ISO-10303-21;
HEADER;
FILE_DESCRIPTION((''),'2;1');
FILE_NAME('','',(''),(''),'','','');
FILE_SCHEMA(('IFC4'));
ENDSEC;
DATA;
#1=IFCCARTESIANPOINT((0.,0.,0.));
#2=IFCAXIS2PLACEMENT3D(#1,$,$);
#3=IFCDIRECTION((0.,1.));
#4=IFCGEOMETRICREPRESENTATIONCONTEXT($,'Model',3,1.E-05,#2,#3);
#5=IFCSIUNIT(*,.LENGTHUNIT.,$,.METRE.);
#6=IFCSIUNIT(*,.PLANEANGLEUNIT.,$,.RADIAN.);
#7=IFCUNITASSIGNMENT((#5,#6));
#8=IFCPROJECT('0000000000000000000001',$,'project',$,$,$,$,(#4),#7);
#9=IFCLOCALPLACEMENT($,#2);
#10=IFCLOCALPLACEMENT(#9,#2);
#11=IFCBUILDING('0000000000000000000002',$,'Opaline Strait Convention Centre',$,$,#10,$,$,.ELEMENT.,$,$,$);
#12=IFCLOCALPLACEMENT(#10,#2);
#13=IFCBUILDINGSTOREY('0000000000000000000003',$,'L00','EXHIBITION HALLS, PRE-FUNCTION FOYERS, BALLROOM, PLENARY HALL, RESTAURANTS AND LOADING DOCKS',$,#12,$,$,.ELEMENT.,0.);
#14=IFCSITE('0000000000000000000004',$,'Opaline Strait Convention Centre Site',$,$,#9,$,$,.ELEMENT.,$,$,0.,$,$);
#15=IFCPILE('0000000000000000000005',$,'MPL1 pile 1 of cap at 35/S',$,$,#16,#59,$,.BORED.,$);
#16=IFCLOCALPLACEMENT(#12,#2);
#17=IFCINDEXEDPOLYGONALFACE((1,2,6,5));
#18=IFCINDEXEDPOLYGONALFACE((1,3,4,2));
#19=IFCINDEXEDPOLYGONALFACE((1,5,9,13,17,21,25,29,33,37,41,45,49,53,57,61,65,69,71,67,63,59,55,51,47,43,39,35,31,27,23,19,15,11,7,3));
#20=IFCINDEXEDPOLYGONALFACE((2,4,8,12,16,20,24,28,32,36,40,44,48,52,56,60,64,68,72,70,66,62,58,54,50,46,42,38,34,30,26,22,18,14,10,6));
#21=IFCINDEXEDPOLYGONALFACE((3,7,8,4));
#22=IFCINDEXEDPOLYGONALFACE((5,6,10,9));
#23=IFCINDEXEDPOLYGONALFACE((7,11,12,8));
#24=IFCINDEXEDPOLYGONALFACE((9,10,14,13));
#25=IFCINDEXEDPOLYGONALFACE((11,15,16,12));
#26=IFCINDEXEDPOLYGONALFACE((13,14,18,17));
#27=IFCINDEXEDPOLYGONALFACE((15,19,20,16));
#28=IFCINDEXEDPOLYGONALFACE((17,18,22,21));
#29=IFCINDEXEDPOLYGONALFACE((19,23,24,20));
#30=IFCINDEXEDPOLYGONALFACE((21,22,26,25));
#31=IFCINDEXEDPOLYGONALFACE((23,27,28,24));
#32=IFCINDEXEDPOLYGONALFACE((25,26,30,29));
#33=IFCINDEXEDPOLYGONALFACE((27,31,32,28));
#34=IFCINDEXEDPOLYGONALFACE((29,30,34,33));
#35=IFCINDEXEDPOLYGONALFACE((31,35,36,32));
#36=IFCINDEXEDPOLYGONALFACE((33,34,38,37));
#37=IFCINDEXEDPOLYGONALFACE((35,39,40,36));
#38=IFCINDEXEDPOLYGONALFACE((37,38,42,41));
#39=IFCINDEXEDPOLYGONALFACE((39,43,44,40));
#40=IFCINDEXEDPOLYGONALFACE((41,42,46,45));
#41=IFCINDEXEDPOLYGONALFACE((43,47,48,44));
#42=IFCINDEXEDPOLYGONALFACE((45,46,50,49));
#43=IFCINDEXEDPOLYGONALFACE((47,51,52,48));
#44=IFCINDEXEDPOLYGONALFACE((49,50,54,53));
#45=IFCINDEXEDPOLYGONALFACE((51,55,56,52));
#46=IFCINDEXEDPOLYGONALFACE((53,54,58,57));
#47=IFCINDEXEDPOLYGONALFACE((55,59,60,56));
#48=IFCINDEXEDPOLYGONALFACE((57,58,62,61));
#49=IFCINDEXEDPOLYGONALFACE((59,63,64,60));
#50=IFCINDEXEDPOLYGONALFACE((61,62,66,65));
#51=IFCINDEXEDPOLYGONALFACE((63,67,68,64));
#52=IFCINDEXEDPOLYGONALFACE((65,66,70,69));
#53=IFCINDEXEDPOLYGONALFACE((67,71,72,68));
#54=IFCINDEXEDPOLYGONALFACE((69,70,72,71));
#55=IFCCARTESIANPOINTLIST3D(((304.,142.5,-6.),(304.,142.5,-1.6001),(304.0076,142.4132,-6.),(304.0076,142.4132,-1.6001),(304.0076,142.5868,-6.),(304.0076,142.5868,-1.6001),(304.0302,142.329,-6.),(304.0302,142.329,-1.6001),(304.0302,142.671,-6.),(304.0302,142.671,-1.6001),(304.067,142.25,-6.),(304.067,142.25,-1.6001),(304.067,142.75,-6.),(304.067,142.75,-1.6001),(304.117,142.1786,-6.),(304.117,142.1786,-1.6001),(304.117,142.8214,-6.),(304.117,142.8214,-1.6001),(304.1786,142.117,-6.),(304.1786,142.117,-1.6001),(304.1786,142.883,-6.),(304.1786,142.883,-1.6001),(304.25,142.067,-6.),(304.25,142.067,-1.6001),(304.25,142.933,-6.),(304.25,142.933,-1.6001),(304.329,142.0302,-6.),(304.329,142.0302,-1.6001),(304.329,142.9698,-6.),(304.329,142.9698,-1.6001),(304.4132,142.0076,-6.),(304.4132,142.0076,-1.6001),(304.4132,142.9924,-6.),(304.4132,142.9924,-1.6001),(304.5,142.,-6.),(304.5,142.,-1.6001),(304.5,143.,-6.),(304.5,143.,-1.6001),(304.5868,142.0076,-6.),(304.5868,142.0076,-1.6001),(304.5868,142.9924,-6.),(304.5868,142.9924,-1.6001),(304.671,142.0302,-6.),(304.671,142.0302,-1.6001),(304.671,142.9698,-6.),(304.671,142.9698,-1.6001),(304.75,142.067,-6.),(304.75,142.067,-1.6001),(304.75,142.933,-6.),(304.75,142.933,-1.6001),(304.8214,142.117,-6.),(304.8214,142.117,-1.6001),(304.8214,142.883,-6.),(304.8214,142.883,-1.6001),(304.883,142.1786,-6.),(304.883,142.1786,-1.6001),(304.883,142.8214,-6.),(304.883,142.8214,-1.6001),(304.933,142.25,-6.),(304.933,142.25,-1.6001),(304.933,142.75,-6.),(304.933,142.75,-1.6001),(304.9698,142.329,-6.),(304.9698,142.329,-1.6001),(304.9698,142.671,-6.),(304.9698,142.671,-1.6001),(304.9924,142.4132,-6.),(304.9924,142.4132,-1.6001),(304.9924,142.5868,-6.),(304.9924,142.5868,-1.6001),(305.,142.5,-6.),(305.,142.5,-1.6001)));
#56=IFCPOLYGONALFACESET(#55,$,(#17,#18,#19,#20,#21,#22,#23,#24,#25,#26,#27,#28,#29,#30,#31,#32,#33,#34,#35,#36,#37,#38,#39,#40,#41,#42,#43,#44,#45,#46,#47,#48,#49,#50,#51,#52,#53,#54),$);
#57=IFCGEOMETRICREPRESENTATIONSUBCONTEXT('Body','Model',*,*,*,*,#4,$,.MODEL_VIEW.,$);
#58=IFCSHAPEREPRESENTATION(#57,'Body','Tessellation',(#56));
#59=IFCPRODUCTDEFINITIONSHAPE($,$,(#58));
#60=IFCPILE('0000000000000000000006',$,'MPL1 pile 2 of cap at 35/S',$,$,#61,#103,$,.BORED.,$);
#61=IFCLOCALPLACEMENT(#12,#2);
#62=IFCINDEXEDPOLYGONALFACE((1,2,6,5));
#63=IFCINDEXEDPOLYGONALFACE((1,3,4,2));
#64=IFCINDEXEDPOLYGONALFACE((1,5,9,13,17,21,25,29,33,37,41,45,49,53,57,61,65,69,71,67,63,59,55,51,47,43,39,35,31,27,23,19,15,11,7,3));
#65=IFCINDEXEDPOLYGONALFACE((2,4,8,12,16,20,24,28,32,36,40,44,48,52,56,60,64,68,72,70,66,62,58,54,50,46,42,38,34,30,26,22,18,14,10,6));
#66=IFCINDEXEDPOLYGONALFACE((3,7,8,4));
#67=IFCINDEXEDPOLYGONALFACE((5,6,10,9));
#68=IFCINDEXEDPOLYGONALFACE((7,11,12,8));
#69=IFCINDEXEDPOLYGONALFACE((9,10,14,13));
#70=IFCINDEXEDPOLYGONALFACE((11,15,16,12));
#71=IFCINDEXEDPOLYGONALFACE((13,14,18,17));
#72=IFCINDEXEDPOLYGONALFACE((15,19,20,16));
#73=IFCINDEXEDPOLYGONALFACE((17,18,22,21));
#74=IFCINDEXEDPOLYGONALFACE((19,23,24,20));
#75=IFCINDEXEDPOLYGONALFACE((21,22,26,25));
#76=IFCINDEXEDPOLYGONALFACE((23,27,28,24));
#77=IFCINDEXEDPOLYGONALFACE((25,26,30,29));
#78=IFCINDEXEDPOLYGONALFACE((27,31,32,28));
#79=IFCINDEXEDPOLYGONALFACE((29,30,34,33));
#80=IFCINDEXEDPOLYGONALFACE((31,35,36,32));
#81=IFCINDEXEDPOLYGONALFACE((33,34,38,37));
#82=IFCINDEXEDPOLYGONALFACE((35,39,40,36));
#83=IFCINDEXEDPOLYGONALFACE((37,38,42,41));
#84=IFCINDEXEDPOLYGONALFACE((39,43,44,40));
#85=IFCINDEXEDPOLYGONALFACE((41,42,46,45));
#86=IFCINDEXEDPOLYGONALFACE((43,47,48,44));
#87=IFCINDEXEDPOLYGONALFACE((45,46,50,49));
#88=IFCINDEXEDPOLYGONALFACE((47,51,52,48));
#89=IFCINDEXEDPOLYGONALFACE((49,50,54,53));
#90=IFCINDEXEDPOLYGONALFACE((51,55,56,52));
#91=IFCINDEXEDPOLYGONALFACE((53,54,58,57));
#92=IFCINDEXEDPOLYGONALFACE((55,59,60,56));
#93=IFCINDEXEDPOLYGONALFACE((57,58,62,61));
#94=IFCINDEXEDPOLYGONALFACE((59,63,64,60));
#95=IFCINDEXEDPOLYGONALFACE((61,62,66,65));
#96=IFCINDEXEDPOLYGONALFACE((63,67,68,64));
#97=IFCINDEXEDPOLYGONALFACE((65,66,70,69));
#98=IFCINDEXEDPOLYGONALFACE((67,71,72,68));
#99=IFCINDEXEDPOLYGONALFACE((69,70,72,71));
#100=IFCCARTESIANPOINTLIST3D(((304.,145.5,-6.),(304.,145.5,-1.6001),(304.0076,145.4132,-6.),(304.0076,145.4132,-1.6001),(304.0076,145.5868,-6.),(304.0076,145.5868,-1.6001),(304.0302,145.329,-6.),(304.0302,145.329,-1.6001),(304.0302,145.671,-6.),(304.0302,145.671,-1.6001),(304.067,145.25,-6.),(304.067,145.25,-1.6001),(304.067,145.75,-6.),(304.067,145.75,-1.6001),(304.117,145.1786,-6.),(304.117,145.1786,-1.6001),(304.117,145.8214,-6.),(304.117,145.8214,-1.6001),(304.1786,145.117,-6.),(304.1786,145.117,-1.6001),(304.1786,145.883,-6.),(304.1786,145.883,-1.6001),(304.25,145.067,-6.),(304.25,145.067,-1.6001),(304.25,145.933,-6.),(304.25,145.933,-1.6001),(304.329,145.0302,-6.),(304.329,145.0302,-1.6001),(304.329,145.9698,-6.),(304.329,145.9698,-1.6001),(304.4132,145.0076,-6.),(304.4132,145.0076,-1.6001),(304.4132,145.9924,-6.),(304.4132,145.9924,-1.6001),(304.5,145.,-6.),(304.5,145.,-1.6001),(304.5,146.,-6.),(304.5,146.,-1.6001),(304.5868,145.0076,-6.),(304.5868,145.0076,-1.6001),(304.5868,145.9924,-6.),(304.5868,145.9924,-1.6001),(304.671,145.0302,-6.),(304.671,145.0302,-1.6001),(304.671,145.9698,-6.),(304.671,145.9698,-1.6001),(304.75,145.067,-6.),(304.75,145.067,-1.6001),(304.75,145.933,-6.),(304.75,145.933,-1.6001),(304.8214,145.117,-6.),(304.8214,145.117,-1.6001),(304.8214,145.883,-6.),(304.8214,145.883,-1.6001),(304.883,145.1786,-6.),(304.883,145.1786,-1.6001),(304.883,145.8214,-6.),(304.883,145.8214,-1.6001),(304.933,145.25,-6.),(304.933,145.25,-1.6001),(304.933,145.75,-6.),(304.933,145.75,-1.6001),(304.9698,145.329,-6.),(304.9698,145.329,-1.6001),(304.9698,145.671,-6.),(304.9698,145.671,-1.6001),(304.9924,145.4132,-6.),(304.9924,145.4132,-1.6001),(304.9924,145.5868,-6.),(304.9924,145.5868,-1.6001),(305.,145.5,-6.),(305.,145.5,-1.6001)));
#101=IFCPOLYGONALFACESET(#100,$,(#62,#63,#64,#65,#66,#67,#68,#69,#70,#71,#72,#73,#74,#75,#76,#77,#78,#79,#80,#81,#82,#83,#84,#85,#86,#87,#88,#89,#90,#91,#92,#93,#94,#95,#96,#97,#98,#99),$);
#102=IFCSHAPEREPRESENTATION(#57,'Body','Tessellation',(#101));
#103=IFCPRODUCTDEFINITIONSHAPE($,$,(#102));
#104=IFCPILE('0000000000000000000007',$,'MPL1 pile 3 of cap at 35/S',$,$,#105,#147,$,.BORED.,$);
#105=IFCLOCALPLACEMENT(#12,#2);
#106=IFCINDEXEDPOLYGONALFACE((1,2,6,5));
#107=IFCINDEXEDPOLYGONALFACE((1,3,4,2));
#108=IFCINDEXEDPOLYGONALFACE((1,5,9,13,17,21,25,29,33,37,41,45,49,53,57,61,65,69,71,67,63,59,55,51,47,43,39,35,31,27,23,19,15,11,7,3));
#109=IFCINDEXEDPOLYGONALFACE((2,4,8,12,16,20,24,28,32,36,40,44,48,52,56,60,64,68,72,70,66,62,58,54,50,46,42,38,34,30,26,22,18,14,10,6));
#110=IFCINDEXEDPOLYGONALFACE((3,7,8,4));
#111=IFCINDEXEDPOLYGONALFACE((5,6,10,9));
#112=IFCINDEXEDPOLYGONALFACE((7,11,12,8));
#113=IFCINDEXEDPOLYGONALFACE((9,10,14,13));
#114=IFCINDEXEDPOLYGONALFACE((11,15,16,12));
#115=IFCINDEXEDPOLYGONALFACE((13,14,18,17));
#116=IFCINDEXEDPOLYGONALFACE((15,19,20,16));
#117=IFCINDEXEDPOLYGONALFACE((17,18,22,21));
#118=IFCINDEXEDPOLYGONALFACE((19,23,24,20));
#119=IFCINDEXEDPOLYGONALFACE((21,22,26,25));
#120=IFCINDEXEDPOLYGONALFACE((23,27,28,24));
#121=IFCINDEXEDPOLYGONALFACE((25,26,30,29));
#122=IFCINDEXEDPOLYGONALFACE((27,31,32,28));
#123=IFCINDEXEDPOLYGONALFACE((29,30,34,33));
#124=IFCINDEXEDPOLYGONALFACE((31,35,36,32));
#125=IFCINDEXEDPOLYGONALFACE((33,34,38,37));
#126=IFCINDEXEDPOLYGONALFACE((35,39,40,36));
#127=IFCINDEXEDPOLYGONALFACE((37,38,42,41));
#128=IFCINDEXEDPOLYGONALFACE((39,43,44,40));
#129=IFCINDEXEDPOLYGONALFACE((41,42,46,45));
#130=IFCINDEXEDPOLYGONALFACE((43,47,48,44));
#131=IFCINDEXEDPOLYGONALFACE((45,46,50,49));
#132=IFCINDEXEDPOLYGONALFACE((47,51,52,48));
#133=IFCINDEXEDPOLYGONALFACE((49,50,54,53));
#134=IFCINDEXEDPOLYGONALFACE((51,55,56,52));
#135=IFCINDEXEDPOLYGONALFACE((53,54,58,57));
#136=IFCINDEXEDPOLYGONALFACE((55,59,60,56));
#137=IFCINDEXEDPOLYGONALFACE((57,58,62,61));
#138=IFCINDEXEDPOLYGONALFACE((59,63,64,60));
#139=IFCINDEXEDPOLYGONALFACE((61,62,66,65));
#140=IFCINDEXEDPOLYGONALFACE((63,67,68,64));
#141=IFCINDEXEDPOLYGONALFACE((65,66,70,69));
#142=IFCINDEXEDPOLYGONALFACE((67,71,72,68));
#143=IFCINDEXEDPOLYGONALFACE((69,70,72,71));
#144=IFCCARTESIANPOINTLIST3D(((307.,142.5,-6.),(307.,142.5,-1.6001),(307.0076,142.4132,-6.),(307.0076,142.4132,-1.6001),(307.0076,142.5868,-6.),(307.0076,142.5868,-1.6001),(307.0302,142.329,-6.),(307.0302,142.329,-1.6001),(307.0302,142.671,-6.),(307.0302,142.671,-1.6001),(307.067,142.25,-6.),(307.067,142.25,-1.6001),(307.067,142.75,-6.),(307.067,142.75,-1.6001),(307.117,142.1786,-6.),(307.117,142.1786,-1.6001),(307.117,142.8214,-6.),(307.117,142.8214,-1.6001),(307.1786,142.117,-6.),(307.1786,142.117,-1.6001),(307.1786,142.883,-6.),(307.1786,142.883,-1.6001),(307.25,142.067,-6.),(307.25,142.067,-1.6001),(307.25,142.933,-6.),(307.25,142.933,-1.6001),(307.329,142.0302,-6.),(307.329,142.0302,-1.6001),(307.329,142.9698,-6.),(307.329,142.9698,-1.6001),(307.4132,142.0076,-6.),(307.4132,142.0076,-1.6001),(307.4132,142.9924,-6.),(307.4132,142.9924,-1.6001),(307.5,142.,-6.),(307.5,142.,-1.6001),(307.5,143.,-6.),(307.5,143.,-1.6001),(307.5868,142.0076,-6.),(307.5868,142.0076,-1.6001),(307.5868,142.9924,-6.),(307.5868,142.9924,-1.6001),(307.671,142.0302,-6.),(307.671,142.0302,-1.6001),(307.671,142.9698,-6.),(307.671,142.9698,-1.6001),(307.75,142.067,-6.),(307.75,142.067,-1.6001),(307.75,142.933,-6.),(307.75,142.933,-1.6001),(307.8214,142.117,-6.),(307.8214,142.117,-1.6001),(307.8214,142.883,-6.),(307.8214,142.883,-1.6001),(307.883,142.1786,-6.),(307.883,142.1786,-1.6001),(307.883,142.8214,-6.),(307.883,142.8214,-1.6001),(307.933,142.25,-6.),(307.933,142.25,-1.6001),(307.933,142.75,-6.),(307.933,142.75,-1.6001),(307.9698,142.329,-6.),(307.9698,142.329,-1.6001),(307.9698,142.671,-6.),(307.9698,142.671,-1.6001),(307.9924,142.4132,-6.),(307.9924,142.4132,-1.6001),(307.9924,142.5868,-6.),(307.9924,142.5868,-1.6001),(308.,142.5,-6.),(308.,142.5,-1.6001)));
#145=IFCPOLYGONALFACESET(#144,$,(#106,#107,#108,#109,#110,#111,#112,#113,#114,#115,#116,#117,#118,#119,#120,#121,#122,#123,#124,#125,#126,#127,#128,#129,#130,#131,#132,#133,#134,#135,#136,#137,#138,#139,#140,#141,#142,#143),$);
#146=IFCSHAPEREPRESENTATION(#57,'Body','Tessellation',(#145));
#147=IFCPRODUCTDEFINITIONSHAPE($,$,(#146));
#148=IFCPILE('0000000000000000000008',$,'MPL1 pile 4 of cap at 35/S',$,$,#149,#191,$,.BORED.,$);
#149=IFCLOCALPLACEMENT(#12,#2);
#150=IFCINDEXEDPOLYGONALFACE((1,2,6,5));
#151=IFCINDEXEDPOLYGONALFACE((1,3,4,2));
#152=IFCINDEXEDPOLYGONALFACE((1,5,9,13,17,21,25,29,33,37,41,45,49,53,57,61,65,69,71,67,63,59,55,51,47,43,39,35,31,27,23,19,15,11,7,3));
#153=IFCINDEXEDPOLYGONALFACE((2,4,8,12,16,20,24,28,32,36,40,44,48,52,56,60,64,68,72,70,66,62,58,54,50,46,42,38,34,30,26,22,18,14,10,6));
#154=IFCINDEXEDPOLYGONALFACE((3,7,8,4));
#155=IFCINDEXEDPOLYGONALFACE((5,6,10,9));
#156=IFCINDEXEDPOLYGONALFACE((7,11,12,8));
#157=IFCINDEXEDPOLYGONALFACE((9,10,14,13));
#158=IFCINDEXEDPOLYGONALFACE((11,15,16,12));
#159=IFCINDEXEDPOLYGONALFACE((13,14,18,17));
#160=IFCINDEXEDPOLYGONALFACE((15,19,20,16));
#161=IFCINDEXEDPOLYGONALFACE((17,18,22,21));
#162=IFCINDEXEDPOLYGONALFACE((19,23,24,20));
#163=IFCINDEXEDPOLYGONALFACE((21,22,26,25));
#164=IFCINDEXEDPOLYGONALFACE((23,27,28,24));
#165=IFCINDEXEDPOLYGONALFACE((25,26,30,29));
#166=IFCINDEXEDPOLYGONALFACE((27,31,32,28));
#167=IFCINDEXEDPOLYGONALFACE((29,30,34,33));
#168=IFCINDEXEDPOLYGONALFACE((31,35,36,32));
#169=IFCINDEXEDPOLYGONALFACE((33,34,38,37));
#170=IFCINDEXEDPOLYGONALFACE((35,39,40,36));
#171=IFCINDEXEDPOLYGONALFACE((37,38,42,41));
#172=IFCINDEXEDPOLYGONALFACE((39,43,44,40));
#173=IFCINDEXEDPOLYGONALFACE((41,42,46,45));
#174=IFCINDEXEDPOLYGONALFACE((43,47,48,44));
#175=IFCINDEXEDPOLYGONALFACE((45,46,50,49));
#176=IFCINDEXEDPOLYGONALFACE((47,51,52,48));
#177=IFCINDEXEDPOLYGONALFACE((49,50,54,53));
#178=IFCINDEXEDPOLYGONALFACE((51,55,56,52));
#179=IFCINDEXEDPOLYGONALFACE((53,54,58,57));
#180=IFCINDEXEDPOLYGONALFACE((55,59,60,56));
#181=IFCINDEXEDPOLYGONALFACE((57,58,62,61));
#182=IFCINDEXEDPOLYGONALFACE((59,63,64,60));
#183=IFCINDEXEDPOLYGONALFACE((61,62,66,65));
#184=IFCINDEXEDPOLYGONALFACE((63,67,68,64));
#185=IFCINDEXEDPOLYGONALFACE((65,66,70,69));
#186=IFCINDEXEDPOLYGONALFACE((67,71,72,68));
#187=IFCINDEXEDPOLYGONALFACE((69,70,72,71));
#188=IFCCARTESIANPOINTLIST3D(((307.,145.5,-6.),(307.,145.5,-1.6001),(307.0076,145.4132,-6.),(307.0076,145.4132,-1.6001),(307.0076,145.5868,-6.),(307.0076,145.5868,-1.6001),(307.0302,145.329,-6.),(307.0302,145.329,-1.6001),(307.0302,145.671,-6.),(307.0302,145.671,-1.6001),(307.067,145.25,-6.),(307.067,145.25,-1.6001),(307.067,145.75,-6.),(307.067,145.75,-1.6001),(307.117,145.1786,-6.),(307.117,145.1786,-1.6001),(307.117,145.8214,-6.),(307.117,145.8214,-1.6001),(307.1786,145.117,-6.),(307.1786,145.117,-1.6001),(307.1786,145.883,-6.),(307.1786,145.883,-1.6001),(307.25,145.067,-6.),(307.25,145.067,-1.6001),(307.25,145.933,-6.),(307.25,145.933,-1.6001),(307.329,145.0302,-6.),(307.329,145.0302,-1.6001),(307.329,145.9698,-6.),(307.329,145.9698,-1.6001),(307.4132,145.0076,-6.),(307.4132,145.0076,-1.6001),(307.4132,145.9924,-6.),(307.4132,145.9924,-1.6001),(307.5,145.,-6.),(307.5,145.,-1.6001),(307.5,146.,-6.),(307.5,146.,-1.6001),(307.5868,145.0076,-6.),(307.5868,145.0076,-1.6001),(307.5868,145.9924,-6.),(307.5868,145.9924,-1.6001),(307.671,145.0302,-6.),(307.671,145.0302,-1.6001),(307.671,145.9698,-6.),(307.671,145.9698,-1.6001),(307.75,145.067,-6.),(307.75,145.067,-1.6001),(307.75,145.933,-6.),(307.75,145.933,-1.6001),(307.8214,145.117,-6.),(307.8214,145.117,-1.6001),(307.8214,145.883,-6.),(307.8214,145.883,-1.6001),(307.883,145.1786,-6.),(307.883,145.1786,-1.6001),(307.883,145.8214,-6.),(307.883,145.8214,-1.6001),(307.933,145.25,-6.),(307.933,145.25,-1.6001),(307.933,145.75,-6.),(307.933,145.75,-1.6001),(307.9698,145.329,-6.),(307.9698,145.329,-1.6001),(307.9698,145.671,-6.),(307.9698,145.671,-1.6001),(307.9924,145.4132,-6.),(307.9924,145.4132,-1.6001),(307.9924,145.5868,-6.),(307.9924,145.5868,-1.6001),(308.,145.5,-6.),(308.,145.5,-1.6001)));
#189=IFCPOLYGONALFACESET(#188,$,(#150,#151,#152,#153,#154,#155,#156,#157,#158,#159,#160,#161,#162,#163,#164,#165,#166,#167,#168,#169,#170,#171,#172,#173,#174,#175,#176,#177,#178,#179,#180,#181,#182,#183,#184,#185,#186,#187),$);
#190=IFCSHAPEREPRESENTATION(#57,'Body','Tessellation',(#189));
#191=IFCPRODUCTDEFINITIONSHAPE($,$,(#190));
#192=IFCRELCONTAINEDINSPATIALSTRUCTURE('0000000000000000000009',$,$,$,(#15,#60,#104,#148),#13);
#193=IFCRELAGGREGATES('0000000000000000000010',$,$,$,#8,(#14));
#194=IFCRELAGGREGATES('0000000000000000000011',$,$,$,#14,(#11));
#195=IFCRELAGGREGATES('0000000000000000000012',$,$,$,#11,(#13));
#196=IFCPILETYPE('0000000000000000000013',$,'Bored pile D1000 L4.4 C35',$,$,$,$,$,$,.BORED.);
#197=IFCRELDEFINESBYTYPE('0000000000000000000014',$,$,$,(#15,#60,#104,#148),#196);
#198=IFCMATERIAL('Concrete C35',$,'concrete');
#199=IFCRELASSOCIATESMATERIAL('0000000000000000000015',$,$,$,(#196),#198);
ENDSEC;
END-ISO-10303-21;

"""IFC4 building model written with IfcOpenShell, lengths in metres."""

from ifc_helpers import new_model, si_unit, direction, frame, origin, origin_2d, place, context, subcontext, project, spatial, circle, extrude, material, material_profile, profile_set, type_object, element, save


model = new_model("IFC4")

# Units and contexts
model_context = context("Model", 3, precision=1e-05, world=origin(), true_north=direction((0.0, 1.0)))
body_context = subcontext(model_context, "Body", "Model", "MODEL_VIEW")
ifc_project = project(units=[si_unit("LENGTHUNIT", "METRE"), si_unit("PLANEANGLEUNIT", "RADIAN")], contexts=[model_context])

# Site, building, storey
site_placement = place(None, origin())
site = spatial("IfcSite", under=ifc_project, at=site_placement, Name="Opaline Strait Convention Centre Site", CompositionType="ELEMENT", RefElevation=0.0)
building_placement = place(site_placement, origin())
building = spatial("IfcBuilding", under=site, at=building_placement, Name="Opaline Strait Convention Centre", CompositionType="ELEMENT")
storey_placement = place(building_placement, origin())
storey = spatial("IfcBuildingStorey", under=building, at=storey_placement, Name="L00", Description="EXHIBITION HALLS, PRE-FUNCTION FOYERS, BALLROOM, PLENARY HALL, RESTAURANTS AND LOADING DOCKS", CompositionType="ELEMENT", Elevation=0.0)

# Piles
ifc_material_1 = material(Name="Concrete C35", Category="concrete")
ifc_material_profile_1 = material_profile(ifc_material_1, circle(Radius=0.5, at=origin_2d()), Name="D1000")
ifc_profile_set_1 = profile_set([ifc_material_profile_1], Name="Concrete C35")
pile_type = type_object("IfcPileType", Name="Bored pile D1000 L4.4 C35", PredefinedType="BORED", material=ifc_profile_set_1)
for number, where, z_axis, x_axis, name in (
    (1, (304.5, 142.5, -1.6001), (0.0, 0.0, -1.0), (1.0, 0.0, 0.0), "MPL1 pile 1 of cap at 35/S"),
    (2, (304.5, 145.5, -1.6001), (0.0, 0.0, -1.0), (1.0, 0.0, 0.0), "MPL1 pile 2 of cap at 35/S"),
    (3, (307.5, 142.5, -1.6001), (0.0, 0.0, -1.0), (1.0, 0.0, 0.0), "MPL1 pile 3 of cap at 35/S"),
    (4, (307.5, 145.5, -1.6001), (0.0, 0.0, -1.0), (1.0, 0.0, 0.0), "MPL1 pile 4 of cap at 35/S"),
):
    element("IfcPile", number, at=place(storey_placement, frame(where, z_axis=z_axis, x_axis=x_axis)), inside=storey, type_object=pile_type, Name=name, PredefinedType="BORED", context=body_context, shape_type="SweptSolid", body=[
        extrude(circle(Radius=0.5, at=origin_2d()), origin(), (0.0, 0.0, 1.0), 4.3999),
    ])

save(model, "model.ifc")
